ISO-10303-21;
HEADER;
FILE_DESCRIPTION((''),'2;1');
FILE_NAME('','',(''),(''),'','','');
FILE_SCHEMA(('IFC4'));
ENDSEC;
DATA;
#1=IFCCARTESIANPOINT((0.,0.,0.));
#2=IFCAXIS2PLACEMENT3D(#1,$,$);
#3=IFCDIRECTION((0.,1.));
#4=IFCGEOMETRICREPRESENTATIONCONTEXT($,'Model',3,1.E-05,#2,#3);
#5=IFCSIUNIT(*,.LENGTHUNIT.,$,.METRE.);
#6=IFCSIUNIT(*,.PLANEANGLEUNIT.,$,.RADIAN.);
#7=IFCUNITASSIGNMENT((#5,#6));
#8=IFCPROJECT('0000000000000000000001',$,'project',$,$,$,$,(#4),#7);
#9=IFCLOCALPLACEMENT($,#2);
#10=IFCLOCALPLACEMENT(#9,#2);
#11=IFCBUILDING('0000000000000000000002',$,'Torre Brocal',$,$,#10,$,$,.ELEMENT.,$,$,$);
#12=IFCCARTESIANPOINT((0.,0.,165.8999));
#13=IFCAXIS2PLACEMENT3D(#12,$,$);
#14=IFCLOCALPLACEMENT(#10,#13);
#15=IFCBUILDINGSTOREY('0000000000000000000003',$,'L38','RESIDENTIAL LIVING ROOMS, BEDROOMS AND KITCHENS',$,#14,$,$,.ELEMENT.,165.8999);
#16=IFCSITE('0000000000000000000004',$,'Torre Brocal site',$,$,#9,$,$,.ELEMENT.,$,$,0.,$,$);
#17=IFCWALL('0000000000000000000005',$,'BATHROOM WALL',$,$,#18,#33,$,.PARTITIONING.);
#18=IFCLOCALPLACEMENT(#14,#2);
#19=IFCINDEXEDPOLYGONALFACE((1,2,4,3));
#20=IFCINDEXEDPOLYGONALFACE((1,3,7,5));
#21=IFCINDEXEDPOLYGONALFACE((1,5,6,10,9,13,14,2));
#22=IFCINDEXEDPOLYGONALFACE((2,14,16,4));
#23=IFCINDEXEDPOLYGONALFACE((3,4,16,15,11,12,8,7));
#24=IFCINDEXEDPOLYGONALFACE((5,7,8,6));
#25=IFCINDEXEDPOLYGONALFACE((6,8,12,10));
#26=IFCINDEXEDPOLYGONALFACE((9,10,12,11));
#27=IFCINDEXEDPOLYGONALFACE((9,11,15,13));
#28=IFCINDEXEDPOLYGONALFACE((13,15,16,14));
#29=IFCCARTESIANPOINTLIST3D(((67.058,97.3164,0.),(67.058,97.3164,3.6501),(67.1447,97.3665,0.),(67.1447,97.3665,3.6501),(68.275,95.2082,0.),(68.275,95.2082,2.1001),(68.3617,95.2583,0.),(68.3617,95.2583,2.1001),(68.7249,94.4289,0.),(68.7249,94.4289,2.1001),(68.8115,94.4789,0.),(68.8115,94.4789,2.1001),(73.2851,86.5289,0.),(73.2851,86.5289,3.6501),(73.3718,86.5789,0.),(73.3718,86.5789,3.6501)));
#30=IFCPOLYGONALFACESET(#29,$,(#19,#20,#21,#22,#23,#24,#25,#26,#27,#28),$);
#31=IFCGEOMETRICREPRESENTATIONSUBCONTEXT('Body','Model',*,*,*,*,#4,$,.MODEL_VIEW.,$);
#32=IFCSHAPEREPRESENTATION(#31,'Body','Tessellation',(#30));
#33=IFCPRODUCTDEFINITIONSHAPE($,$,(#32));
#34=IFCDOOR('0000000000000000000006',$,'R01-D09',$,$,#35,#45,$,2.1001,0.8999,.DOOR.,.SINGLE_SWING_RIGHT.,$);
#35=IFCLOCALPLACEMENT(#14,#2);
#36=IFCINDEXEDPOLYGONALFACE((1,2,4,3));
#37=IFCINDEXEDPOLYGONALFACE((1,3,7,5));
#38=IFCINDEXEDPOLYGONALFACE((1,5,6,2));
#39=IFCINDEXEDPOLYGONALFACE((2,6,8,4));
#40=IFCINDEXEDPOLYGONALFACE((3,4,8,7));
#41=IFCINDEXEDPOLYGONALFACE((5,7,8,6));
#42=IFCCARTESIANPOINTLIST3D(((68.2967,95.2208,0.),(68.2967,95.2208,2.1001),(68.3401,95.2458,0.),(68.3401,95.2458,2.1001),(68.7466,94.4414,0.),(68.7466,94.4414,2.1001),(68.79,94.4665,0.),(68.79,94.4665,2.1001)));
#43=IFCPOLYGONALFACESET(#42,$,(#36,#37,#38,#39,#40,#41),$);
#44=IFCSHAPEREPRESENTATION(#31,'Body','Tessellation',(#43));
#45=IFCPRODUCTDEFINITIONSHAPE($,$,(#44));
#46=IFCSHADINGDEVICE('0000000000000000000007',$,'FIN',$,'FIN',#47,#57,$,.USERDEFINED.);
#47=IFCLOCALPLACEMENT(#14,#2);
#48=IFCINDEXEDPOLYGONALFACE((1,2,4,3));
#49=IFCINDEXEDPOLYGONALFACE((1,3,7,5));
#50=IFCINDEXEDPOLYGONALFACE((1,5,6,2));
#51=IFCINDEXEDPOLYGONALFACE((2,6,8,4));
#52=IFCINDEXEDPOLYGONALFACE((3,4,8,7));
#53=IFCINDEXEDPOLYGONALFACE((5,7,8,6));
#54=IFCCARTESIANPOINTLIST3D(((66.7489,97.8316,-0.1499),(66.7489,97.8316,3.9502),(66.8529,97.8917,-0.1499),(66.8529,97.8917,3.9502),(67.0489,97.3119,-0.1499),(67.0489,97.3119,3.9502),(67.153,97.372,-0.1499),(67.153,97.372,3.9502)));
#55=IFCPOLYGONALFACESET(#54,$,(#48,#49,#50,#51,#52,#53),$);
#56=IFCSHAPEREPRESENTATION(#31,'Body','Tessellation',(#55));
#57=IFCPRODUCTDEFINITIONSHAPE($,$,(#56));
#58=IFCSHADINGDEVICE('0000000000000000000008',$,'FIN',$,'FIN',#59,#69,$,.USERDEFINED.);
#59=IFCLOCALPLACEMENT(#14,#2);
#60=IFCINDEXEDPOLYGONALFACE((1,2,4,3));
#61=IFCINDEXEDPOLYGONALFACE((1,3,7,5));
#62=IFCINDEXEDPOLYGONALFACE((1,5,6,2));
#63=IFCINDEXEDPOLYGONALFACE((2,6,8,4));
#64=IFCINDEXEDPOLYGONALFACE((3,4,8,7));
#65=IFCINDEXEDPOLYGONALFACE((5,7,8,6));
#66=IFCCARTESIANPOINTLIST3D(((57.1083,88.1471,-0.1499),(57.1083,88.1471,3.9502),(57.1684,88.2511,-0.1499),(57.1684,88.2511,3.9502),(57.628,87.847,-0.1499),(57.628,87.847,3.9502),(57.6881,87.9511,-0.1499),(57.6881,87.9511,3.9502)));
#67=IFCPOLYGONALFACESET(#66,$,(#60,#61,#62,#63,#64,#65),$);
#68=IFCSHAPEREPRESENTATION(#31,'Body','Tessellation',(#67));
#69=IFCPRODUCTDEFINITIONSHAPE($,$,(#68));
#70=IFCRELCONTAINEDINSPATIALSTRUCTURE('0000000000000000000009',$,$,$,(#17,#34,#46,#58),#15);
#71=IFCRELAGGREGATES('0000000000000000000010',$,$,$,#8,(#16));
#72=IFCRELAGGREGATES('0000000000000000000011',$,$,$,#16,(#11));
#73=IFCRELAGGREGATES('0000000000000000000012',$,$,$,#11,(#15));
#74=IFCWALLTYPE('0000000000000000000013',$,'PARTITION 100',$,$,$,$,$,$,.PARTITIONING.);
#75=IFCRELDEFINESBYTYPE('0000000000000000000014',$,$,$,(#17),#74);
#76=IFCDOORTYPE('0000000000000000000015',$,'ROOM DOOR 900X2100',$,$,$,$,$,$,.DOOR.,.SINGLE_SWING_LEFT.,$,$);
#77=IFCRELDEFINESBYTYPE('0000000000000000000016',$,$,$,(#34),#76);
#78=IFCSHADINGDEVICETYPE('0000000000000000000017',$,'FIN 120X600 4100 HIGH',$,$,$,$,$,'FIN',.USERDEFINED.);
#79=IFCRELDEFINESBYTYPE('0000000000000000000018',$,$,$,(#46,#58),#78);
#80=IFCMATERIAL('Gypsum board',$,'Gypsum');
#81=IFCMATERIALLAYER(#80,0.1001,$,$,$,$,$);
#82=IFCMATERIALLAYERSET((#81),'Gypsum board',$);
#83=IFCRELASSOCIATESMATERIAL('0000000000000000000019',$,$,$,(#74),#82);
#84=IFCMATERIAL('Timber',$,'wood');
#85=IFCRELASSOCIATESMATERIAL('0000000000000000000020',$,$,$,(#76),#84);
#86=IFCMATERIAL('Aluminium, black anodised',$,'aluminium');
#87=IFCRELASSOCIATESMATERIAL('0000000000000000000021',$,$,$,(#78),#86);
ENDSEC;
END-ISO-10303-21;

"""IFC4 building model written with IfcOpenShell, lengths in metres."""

from ifc_helpers import new_model, si_unit, direction, frame, frame_2d, origin, origin_2d, place, context, subcontext, project, spatial, rectangle, extrude, material, layer, layer_set, material_profile, profile_set, type_object, element, fill, save


model = new_model("IFC4")

# Units and contexts
model_context = context("Model", 3, precision=1e-05, world=origin(), true_north=direction((0.0, 1.0)))
body_context = subcontext(model_context, "Body", "Model", "MODEL_VIEW")
ifc_project = project(units=[si_unit("LENGTHUNIT", "METRE"), si_unit("PLANEANGLEUNIT", "RADIAN")], contexts=[model_context])

# Site, building, storey
site_placement = place(None, origin())
site = spatial("IfcSite", under=ifc_project, at=site_placement, Name="Torre Brocal site", CompositionType="ELEMENT", RefElevation=0.0)
building_placement = place(site_placement, origin())
building = spatial("IfcBuilding", under=site, at=building_placement, Name="Torre Brocal", CompositionType="ELEMENT")
storey_placement = place(building_placement, frame((0.0, 0.0, 165.8999)))
storey = spatial("IfcBuildingStorey", under=building, at=storey_placement, Name="L38", Description="RESIDENTIAL LIVING ROOMS, BEDROOMS AND KITCHENS", CompositionType="ELEMENT", Elevation=165.8999)

# Shared definitions
ifc_material_1 = material(Name="Gypsum board", Category="Gypsum")
ifc_layer_1 = layer(ifc_material_1, 0.1001)
ifc_layer_set_1 = layer_set([ifc_layer_1], Name="Gypsum board")
wall_type_1 = type_object("IfcWallType", Name="PARTITION 100", PredefinedType="PARTITIONING", material=ifc_layer_set_1)

# Shared definitions
ifc_material_2 = material(Name="Timber", Category="wood")
door_type_1 = type_object("IfcDoorType", Name="ROOM DOOR 900X2100", OperationType="SINGLE_SWING_LEFT", PredefinedType="DOOR", material=ifc_material_2)

# Wall, opening, door
wall_1_placement = place(storey_placement, frame((67.1013, 97.3416, 0.0), z_axis=(0.0, 0.0, 1.0), x_axis=(0.499929, -0.866066, 0.0)))
wall_1 = element("IfcWall", 1, at=wall_1_placement, inside=storey, type_object=wall_type_1, Name="BATHROOM WALL", PredefinedType="PARTITIONING", context=body_context, shape_type="SweptSolid", body=[
    extrude(rectangle(XDim=12.4558, YDim=0.1001, at=frame_2d((6.228, 0.0))), origin(), (0.0, 0.0, 1.0), 3.6501),
])
opening_1_placement = place(wall_1_placement, frame((2.4343, 0.0, 0.0)))
opening_1 = element("IfcOpeningElement", 2, at=opening_1_placement, cuts=wall_1, PredefinedType="OPENING", context=body_context, shape_type="SweptSolid", body=[
    extrude(rectangle(XDim=0.8999, YDim=2.1001, at=frame_2d((0.45, 1.05))), frame((0.0, 0.0601, 0.0), z_axis=(0.0, -1.0, 0.0), x_axis=(1.0, 0.0, 0.0)), (0.0, 0.0, 1.0), 0.1201),
])
door_1_placement = place(opening_1_placement, frame((0.8999, 0.0, 0.0), z_axis=(0.0, 0.0, 1.0), x_axis=(-1.0, 0.0, 0.0)))
door_1 = element("IfcDoor", 3, at=door_1_placement, inside=storey, type_object=door_type_1, Name="R01-D09", OperationType="SINGLE_SWING_RIGHT", OverallHeight=2.1001, OverallWidth=0.8999, PredefinedType="DOOR", context=body_context, shape_type="SweptSolid", body=[
    extrude(rectangle(XDim=0.8999, YDim=2.1001, at=frame_2d((0.45, 1.05))), frame((0.0, 0.0249, 0.0), z_axis=(0.0, -1.0, 0.0), x_axis=(1.0, 0.0, 0.0)), (0.0, 0.0, 1.0), 0.05),
])
fill(opening_1, door_1)

# Shading devices
ifc_material_3 = material(Name="Aluminium, black anodised", Category="aluminium")
ifc_material_profile_1 = material_profile(ifc_material_3, rectangle(XDim=0.1201, YDim=0.6001, at=origin_2d()), Name="FIN 120X600 4100 HIGH")
ifc_profile_set_1 = profile_set([ifc_material_profile_1], Name="Aluminium, black anodised")
shading_device_type = type_object("IfcShadingDeviceType", Name="FIN 120X600 4100 HIGH", ElementType="FIN", PredefinedType="USERDEFINED", material=ifc_profile_set_1)
for number, where, z_axis, x_axis, name in (
    (4, (66.9509, 97.6018, -0.1499), (0.0, 0.0, 1.0), (-0.866025, -0.5, 0.0), "FIN"),
    (5, (57.3982, 88.0491, -0.1499), (0.0, 0.0, 1.0), (-0.5, -0.866025, 0.0), "FIN"),
):
    element("IfcShadingDevice", number, at=place(storey_placement, frame(where, z_axis=z_axis, x_axis=x_axis)), inside=storey, type_object=shading_device_type, Name=name, ObjectType="FIN", PredefinedType="USERDEFINED", context=body_context, shape_type="SweptSolid", body=[
        extrude(rectangle(XDim=0.1201, YDim=0.6001, at=origin_2d()), origin(), (0.0, 0.0, 1.0), 4.1001),
    ])

save(model, "model.ifc")
